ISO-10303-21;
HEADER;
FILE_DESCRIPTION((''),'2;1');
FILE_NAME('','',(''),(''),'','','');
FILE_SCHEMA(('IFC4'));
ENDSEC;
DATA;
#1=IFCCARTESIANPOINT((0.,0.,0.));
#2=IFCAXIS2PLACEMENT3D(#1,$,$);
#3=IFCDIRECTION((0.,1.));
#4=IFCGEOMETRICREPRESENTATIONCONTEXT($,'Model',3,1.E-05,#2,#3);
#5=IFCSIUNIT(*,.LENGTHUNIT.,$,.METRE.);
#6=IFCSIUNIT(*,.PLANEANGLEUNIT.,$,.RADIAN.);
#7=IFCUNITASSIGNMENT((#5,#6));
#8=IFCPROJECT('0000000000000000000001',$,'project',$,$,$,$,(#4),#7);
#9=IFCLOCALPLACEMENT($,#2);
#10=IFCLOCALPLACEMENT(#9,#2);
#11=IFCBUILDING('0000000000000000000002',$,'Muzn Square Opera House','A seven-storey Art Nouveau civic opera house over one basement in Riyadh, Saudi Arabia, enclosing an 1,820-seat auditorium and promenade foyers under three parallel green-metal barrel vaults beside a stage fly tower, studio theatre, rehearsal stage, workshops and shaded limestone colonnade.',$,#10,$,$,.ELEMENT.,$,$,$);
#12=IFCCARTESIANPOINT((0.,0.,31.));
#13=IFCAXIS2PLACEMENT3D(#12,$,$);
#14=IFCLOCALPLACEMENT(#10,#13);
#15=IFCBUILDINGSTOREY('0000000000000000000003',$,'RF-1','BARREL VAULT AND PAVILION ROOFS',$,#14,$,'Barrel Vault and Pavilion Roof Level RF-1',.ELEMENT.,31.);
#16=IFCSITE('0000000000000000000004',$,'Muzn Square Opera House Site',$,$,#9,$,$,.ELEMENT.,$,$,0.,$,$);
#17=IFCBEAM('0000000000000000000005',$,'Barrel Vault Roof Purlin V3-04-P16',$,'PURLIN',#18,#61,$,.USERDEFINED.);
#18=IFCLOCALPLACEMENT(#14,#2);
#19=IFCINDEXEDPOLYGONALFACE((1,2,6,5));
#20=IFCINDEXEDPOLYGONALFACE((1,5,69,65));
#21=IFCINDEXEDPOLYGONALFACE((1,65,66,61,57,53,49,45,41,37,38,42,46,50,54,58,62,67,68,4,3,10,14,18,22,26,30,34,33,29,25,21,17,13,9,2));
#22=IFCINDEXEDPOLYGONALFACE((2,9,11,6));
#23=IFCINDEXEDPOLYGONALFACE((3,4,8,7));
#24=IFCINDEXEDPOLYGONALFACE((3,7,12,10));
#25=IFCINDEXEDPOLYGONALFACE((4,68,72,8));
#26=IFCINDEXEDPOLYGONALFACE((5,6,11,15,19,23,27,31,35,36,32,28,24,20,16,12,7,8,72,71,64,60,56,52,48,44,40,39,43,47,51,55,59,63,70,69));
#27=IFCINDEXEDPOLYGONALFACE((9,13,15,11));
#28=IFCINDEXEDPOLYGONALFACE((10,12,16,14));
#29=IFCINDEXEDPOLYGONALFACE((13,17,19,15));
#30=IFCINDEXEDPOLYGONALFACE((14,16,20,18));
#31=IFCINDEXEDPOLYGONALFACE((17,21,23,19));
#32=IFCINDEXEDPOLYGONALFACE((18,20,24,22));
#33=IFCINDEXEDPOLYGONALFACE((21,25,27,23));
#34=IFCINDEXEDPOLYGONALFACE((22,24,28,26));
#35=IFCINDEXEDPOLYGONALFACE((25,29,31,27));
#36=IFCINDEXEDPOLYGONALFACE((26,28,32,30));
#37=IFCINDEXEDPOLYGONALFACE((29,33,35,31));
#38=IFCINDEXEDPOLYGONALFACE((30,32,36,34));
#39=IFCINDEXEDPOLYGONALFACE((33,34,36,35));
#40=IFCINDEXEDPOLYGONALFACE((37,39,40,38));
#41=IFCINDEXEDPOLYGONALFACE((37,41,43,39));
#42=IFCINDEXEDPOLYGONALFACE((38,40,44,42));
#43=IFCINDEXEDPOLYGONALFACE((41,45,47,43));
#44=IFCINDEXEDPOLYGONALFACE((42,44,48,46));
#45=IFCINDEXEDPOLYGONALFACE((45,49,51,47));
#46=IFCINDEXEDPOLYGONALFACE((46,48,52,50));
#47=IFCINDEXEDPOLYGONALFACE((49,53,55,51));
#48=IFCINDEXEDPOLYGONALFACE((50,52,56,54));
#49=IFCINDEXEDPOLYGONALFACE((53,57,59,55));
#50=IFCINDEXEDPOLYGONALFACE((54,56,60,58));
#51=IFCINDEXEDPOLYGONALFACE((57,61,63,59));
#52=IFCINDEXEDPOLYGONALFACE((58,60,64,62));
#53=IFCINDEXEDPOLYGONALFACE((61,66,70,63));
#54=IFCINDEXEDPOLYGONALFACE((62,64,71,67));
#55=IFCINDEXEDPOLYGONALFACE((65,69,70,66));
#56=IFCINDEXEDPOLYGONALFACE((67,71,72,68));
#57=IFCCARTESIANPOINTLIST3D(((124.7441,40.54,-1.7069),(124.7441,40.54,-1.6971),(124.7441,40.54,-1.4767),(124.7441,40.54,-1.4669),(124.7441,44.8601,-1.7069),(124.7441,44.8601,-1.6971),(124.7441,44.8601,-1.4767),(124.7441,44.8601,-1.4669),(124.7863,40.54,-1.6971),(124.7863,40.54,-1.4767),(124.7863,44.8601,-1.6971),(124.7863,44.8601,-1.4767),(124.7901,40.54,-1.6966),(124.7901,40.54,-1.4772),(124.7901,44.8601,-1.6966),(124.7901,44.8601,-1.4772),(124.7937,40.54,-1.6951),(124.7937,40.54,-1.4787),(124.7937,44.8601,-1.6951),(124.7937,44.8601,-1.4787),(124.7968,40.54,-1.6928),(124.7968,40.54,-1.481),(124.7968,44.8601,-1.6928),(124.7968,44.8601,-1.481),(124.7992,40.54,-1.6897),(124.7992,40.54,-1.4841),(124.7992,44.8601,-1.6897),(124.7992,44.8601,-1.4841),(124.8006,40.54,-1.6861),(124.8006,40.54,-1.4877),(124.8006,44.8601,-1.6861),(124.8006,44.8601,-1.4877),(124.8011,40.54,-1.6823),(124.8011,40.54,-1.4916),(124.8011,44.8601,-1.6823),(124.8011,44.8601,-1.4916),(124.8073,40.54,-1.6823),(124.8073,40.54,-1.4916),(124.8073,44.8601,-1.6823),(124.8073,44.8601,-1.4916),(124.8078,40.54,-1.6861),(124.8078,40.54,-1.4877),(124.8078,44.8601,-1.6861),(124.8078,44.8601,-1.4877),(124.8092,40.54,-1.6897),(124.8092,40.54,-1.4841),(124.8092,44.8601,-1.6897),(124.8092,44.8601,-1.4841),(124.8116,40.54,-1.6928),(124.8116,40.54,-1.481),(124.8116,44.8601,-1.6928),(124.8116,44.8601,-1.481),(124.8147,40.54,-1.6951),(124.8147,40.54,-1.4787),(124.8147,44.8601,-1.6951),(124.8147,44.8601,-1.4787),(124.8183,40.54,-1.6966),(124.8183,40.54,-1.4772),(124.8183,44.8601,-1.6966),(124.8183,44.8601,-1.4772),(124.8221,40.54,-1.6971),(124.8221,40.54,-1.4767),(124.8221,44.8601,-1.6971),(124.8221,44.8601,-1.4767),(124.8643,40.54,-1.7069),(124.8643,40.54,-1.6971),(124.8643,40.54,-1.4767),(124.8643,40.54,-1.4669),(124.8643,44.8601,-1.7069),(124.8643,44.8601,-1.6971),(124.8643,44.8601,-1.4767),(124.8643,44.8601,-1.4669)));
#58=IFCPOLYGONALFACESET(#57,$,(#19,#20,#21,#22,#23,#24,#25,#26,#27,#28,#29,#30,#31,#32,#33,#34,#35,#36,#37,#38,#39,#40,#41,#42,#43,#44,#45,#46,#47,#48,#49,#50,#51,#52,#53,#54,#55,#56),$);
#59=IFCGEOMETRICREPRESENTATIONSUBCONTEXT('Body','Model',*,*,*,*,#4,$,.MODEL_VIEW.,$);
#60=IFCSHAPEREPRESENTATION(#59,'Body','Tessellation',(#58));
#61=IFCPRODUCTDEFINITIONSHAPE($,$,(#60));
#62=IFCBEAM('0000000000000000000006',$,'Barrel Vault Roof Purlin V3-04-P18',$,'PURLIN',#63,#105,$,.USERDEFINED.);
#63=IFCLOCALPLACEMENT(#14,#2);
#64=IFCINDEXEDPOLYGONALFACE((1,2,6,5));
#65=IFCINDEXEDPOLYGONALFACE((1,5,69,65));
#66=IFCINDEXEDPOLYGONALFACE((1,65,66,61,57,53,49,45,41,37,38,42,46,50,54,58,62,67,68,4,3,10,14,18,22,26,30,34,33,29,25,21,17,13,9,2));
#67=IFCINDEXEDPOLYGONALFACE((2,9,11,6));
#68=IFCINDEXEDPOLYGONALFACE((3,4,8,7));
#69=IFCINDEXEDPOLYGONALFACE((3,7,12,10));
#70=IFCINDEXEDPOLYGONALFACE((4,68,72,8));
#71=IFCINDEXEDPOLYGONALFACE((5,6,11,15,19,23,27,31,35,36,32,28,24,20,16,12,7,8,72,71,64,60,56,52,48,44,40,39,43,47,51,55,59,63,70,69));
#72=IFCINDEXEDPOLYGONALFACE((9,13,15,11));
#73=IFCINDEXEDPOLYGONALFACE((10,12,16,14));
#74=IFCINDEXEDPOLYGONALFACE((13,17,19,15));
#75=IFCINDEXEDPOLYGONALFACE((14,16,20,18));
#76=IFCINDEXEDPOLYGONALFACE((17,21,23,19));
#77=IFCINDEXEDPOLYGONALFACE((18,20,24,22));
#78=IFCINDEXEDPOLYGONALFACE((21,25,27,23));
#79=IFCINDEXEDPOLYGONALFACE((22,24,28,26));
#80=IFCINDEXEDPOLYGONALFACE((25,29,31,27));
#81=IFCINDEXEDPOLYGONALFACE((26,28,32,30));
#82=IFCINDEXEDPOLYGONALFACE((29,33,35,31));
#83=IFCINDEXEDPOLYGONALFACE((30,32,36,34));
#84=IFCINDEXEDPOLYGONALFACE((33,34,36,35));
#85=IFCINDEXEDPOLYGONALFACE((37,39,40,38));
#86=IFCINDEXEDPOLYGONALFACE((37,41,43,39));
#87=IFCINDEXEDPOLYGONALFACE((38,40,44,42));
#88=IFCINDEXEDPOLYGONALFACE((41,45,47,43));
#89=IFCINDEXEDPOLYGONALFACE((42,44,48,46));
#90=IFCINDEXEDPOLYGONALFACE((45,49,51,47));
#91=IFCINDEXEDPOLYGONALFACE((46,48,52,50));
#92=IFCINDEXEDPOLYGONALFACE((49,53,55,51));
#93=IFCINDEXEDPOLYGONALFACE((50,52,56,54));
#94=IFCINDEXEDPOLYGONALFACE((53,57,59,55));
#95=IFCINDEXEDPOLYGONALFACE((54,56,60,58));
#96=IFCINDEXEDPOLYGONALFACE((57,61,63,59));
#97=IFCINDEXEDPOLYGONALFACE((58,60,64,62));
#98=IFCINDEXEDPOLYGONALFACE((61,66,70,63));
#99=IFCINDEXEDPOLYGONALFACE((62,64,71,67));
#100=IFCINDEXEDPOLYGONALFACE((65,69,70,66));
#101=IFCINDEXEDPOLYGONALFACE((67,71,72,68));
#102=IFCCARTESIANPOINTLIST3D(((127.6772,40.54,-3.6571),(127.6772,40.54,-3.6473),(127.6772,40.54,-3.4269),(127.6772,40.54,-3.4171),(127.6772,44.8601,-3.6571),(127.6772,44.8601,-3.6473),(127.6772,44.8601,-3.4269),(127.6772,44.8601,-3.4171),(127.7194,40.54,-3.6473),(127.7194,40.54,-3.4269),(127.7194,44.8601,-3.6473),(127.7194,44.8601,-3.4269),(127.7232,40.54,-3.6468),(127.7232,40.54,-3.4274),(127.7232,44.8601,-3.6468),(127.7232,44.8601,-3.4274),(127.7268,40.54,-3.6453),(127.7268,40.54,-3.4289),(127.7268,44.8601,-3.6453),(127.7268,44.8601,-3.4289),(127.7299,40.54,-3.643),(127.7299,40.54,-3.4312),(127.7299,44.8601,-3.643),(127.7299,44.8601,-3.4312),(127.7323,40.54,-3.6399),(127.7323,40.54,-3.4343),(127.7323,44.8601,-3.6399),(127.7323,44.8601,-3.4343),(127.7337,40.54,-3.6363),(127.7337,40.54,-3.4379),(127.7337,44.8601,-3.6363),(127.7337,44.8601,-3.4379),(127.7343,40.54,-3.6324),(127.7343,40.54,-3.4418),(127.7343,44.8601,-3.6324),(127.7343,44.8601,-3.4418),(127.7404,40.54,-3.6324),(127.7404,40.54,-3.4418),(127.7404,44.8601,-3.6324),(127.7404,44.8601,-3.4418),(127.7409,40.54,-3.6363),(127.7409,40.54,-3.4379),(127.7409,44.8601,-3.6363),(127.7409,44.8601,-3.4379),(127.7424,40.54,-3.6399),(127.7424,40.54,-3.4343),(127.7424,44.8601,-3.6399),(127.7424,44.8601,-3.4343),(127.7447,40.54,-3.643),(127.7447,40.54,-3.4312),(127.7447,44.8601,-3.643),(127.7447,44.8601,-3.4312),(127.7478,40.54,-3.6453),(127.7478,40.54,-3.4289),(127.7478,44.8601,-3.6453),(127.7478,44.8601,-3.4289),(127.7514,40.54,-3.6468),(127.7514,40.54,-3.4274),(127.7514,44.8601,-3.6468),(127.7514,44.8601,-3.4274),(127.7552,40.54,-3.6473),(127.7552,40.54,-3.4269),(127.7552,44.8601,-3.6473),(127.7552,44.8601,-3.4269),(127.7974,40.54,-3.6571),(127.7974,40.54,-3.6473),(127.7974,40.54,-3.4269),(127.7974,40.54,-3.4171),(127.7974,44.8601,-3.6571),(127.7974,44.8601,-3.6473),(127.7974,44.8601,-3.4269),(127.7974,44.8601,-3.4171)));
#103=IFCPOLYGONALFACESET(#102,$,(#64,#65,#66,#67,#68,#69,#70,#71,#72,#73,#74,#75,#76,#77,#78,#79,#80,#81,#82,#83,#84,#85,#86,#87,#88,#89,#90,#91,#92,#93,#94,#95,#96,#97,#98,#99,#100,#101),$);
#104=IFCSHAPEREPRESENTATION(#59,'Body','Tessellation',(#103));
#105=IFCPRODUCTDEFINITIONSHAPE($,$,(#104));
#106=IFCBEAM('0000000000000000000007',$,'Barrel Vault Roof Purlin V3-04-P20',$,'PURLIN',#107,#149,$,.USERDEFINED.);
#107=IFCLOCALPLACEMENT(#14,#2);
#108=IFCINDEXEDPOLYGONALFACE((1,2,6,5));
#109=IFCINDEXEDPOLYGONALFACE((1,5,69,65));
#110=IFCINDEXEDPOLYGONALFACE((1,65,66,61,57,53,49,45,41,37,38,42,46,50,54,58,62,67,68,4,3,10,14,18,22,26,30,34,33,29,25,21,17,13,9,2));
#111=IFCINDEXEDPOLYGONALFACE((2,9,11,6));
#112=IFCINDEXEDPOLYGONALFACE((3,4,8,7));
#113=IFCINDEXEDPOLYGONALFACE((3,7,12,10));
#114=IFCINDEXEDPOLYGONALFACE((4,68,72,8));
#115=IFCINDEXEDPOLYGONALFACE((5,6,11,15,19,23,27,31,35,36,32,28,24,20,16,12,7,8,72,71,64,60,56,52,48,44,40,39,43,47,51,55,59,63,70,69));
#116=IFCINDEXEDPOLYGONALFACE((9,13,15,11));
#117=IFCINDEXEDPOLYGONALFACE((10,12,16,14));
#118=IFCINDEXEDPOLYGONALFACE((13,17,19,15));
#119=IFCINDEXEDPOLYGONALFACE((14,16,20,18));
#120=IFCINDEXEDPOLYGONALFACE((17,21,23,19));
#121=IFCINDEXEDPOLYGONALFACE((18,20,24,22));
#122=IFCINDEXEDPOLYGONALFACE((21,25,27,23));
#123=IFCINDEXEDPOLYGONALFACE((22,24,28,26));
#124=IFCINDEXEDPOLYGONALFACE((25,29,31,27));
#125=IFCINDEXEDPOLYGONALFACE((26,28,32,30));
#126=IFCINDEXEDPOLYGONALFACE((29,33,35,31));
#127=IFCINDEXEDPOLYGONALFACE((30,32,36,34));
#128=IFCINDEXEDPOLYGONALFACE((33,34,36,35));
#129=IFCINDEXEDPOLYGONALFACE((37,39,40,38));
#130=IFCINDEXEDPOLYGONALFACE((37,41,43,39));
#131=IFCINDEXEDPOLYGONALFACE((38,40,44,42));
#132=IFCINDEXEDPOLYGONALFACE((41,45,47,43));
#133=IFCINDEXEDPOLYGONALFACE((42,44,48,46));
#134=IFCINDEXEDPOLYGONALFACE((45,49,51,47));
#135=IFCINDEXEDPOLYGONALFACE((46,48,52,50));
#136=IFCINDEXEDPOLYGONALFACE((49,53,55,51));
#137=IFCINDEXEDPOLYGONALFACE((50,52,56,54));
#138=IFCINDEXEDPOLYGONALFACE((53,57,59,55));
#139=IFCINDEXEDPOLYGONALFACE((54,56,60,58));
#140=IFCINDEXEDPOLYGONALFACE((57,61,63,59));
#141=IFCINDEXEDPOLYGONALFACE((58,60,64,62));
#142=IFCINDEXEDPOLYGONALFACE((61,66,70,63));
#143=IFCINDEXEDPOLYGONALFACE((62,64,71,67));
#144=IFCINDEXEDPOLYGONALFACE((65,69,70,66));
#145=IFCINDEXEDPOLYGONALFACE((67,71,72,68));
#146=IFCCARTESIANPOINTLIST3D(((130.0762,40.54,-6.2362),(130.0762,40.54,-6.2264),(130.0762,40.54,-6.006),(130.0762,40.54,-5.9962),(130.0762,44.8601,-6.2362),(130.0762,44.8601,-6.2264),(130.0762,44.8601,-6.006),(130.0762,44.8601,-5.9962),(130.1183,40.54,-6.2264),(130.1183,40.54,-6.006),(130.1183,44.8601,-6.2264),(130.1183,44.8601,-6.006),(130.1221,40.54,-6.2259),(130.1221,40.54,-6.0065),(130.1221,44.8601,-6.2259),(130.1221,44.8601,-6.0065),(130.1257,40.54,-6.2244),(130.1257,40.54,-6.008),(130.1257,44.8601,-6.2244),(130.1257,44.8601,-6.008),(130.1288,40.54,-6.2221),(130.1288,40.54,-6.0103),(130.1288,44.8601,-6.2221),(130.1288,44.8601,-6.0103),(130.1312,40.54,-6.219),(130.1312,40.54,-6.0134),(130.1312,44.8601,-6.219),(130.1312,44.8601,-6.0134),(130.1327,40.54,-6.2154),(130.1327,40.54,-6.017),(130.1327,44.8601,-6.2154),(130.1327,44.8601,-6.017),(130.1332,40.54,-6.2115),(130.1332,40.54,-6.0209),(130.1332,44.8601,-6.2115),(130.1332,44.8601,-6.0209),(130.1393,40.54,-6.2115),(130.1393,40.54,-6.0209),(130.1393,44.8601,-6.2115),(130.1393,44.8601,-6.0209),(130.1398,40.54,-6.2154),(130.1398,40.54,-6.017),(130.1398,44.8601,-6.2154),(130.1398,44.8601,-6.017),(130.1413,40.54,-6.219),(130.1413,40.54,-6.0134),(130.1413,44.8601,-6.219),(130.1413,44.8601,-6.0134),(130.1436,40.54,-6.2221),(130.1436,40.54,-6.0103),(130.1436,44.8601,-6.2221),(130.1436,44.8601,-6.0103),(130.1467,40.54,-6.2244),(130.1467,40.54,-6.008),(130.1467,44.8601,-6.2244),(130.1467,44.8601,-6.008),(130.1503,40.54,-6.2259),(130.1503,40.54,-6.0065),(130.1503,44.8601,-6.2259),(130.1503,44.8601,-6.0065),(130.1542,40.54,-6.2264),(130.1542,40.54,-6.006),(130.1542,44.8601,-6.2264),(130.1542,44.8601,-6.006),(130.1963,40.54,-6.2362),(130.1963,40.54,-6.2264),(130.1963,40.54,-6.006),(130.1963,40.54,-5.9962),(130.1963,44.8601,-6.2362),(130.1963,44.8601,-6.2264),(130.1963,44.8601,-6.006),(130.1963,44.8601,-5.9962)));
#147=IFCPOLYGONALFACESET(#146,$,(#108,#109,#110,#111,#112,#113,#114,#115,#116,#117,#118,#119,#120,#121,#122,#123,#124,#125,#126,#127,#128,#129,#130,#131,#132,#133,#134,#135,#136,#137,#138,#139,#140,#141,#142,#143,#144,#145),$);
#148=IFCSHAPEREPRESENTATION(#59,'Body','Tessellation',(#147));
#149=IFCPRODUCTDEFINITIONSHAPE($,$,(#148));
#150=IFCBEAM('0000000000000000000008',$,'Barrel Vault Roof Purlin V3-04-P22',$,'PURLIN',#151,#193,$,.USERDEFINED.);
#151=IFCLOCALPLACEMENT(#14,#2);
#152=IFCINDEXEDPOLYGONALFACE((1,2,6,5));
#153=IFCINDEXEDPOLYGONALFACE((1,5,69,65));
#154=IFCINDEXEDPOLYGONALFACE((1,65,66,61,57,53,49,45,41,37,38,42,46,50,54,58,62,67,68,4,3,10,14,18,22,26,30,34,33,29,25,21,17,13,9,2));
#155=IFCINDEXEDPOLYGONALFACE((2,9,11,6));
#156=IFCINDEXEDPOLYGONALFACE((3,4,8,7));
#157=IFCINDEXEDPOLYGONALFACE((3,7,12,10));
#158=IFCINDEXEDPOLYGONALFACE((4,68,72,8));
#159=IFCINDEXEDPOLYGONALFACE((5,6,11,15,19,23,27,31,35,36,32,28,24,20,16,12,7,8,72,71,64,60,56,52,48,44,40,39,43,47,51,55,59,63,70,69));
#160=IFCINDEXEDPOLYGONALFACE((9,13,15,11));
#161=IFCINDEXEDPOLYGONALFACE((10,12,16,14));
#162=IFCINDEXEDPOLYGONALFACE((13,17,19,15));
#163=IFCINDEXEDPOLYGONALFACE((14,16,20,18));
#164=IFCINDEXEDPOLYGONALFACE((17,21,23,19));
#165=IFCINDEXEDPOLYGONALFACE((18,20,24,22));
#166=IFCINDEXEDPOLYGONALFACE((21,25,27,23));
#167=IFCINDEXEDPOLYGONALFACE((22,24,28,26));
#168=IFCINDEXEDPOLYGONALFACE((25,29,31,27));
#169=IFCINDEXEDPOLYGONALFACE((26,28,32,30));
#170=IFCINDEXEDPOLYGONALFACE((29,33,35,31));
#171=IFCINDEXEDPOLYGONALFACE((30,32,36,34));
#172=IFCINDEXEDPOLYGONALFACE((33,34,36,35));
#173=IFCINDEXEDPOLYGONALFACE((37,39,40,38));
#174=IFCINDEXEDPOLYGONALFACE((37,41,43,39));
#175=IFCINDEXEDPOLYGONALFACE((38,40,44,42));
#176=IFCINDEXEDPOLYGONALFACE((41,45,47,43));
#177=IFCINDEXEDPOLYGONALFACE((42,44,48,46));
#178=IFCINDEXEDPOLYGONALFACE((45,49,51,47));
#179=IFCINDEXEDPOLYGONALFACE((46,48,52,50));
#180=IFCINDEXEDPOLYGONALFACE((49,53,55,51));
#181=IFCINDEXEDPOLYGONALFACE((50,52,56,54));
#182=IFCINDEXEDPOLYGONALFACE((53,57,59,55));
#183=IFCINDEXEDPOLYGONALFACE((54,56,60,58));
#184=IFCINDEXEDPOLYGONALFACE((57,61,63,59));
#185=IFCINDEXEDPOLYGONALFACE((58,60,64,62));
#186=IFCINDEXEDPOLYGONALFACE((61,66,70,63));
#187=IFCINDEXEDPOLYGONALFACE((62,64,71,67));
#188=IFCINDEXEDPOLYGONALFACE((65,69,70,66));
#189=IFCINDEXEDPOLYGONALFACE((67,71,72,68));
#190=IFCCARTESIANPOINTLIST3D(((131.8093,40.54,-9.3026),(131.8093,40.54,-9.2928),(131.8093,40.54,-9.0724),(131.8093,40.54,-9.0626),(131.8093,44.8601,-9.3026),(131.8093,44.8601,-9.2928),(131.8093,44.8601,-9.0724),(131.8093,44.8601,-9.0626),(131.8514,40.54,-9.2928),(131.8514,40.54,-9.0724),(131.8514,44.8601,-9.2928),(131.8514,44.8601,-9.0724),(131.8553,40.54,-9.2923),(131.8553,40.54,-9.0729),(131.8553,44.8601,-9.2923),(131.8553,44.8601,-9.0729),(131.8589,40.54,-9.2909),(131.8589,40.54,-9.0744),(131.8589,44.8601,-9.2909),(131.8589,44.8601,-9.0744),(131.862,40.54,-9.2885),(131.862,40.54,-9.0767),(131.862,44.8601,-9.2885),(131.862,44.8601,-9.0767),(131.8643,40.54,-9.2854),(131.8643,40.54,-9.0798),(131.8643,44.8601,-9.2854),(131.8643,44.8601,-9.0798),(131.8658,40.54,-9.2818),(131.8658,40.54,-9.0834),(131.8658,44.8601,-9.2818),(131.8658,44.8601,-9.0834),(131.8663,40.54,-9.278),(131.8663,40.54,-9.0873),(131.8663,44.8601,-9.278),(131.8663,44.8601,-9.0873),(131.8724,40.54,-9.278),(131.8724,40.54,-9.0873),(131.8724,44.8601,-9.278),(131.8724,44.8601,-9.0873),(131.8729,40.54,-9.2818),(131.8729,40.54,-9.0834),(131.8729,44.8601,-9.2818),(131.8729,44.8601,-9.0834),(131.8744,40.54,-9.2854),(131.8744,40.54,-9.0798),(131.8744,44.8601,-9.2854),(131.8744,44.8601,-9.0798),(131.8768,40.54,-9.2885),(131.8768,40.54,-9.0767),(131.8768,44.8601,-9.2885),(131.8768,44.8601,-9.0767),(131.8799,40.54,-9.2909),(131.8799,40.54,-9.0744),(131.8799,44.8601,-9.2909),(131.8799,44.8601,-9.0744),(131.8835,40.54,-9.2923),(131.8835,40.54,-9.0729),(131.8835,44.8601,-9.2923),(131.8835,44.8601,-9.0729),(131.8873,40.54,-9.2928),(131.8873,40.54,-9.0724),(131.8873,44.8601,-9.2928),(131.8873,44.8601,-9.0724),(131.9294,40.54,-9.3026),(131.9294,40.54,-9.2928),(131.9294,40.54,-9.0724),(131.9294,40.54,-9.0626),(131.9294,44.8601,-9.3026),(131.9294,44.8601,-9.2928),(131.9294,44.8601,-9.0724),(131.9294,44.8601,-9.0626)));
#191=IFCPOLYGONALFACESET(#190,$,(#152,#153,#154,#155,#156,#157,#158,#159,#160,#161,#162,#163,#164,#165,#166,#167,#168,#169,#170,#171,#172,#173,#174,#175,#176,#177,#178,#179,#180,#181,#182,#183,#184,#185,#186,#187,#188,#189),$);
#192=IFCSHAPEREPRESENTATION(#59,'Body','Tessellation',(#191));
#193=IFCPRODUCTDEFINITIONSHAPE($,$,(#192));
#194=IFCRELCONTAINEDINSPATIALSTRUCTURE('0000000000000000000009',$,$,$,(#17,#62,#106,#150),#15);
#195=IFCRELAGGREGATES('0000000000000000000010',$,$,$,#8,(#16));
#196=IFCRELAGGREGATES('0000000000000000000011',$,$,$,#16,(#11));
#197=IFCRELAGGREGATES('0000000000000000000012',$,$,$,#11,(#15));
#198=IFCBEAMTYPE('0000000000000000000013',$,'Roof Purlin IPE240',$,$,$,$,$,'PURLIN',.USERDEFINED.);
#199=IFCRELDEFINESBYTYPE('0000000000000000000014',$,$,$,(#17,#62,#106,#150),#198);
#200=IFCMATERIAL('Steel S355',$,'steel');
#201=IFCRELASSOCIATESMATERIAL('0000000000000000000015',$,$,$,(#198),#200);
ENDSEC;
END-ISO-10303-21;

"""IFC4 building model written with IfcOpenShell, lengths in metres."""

from ifc_helpers import new_model, si_unit, direction, frame, origin, origin_2d, place, context, subcontext, project, spatial, i_section, extrude, material, material_profile, profile_set, type_object, element, save


model = new_model("IFC4")

# Units and contexts
model_context = context("Model", 3, precision=1e-05, world=origin(), true_north=direction((0.0, 1.0)))
body_context = subcontext(model_context, "Body", "Model", "MODEL_VIEW")
ifc_project = project(units=[si_unit("LENGTHUNIT", "METRE"), si_unit("PLANEANGLEUNIT", "RADIAN")], contexts=[model_context])

# Site, building, storey
site_placement = place(None, origin())
site = spatial("IfcSite", under=ifc_project, at=site_placement, Name="Muzn Square Opera House Site", CompositionType="ELEMENT", RefElevation=0.0)
building_placement = place(site_placement, origin())
building = spatial("IfcBuilding", under=site, at=building_placement, Name="Muzn Square Opera House", Description="A seven-storey Art Nouveau civic opera house over one basement in Riyadh, Saudi Arabia, enclosing an 1,820-seat auditorium and promenade foyers under three parallel green-metal barrel vaults beside a stage fly tower, studio theatre, rehearsal stage, workshops and shaded limestone colonnade.", CompositionType="ELEMENT")
storey_placement = place(building_placement, frame((0.0, 0.0, 31.0)))
storey = spatial("IfcBuildingStorey", under=building, at=storey_placement, Name="RF-1", Description="BARREL VAULT AND PAVILION ROOFS", LongName="Barrel Vault and Pavilion Roof Level RF-1", CompositionType="ELEMENT", Elevation=31.0)

# Beams
ifc_material_1 = material(Name="Steel S355", Category="steel")
ifc_material_profile_1 = material_profile(ifc_material_1, i_section(OverallWidth=0.1201, OverallDepth=0.24, WebThickness=0.0061, FlangeThickness=0.0098, FilletRadius=0.0149, at=origin_2d()), Name="IPE 240", Category="steel")
ifc_profile_set_1 = profile_set([ifc_material_profile_1], Name="Steel S355")
beam_type_1 = type_object("IfcBeamType", Name="Roof Purlin IPE240", ElementType="PURLIN", PredefinedType="USERDEFINED", material=ifc_profile_set_1)
for number, where, z_axis, x_axis, name in (
    (1, (124.8042, 40.54, -1.5869), (0.0, 1.0, 0.0), (-1.0, 0.0, 0.0), "Barrel Vault Roof Purlin V3-04-P16"),
    (2, (127.7373, 40.54, -3.5371), (0.0, 1.0, 0.0), (-1.0, 0.0, 0.0), "Barrel Vault Roof Purlin V3-04-P18"),
    (3, (130.1362, 40.54, -6.1162), (0.0, 1.0, 0.0), (-1.0, 0.0, 0.0), "Barrel Vault Roof Purlin V3-04-P20"),
    (4, (131.8694, 40.54, -9.1826), (0.0, 1.0, 0.0), (-1.0, 0.0, 0.0), "Barrel Vault Roof Purlin V3-04-P22"),
):
    element("IfcBeam", number, at=place(storey_placement, frame(where, z_axis=z_axis, x_axis=x_axis)), inside=storey, type_object=beam_type_1, Name=name, ObjectType="PURLIN", PredefinedType="USERDEFINED", context=body_context, shape_type="SweptSolid", body=[
        extrude(i_section(OverallWidth=0.1201, OverallDepth=0.24, WebThickness=0.0061, FlangeThickness=0.0098, FilletRadius=0.0149, at=origin_2d()), origin(), (0.0, 0.0, 1.0), 4.3201),
    ])

save(model, "model.ifc")
